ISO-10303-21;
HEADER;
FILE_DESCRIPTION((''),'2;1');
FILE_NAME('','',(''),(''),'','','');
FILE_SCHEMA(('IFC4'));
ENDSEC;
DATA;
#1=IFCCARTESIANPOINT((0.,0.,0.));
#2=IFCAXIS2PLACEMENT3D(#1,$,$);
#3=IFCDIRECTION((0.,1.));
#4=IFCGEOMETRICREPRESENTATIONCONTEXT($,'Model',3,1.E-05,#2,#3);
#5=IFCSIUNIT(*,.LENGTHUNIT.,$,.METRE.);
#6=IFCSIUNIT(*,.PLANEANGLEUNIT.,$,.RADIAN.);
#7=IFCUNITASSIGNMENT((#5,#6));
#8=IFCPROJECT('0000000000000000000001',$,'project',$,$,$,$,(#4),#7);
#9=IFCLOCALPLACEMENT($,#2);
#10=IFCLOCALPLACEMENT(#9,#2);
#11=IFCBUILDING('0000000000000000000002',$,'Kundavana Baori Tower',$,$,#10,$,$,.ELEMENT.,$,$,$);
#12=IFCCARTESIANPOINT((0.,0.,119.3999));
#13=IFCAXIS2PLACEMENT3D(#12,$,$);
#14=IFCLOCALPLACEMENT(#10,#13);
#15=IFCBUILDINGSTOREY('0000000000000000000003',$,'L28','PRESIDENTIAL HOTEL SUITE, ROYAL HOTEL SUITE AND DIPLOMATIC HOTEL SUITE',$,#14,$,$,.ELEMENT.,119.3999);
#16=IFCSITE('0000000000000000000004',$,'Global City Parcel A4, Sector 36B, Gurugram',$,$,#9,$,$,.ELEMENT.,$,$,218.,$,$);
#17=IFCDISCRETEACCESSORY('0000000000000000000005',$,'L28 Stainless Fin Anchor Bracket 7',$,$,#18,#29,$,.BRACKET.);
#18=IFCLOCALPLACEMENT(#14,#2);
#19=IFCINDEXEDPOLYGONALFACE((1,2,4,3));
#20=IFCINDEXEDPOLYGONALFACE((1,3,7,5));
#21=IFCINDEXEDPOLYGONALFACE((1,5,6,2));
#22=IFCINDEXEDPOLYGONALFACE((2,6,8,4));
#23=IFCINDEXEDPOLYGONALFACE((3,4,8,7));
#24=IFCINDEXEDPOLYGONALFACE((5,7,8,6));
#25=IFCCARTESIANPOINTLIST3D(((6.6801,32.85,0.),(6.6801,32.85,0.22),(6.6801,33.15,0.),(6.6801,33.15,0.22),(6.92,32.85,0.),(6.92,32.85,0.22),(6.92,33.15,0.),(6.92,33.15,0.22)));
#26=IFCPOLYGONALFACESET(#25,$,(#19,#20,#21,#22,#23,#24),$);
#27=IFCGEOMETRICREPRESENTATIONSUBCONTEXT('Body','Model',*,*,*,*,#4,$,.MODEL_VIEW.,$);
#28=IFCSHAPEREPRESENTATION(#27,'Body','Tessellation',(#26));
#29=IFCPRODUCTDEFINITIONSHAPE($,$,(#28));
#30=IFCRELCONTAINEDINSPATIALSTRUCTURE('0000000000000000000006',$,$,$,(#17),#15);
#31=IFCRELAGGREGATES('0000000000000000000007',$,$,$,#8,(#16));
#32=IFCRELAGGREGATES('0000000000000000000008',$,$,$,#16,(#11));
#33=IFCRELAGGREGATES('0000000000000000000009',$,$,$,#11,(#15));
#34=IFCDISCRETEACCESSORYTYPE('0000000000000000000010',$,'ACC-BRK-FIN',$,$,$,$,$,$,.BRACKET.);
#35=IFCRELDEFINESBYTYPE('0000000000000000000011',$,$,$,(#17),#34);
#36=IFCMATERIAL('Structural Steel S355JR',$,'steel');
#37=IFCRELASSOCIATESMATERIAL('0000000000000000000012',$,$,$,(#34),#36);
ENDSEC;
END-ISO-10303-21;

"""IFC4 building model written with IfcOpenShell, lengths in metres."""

from ifc_helpers import new_model, si_unit, direction, frame, origin, origin_2d, place, context, subcontext, project, spatial, rectangle, extrude, material, type_object, element, save


model = new_model("IFC4")

# Units and contexts
model_context = context("Model", 3, precision=1e-05, world=origin(), true_north=direction((0.0, 1.0)))
body_context = subcontext(model_context, "Body", "Model", "MODEL_VIEW")
ifc_project = project(units=[si_unit("LENGTHUNIT", "METRE"), si_unit("PLANEANGLEUNIT", "RADIAN")], contexts=[model_context])

# Site, building, storey
site_placement = place(None, origin())
site = spatial("IfcSite", under=ifc_project, at=site_placement, Name="Global City Parcel A4, Sector 36B, Gurugram", CompositionType="ELEMENT", RefElevation=218.0)
building_placement = place(site_placement, origin())
building = spatial("IfcBuilding", under=site, at=building_placement, Name="Kundavana Baori Tower", CompositionType="ELEMENT")
storey_placement = place(building_placement, frame((0.0, 0.0, 119.3999)))
storey = spatial("IfcBuildingStorey", under=building, at=storey_placement, Name="L28", Description="PRESIDENTIAL HOTEL SUITE, ROYAL HOTEL SUITE AND DIPLOMATIC HOTEL SUITE", CompositionType="ELEMENT", Elevation=119.3999)

# Discrete accessory
ifc_material_1 = material(Name="Structural Steel S355JR", Category="steel")
discrete_accessory_type = type_object("IfcDiscreteAccessoryType", Name="ACC-BRK-FIN", PredefinedType="BRACKET", material=ifc_material_1)
discrete_accessory_placement = place(storey_placement, frame((6.8, 33.0, 0.0), z_axis=(0.0, 0.0, 1.0), x_axis=(1.0, 0.0, 0.0)))
element("IfcDiscreteAccessory", 1, at=discrete_accessory_placement, inside=storey, type_object=discrete_accessory_type, Name="L28 Stainless Fin Anchor Bracket 7", PredefinedType="BRACKET", context=body_context, shape_type="SweptSolid", body=[
    extrude(rectangle(XDim=0.24, YDim=0.3, at=origin_2d()), origin(), (0.0, 0.0, 1.0), 0.22),
])

save(model, "model.ifc")
